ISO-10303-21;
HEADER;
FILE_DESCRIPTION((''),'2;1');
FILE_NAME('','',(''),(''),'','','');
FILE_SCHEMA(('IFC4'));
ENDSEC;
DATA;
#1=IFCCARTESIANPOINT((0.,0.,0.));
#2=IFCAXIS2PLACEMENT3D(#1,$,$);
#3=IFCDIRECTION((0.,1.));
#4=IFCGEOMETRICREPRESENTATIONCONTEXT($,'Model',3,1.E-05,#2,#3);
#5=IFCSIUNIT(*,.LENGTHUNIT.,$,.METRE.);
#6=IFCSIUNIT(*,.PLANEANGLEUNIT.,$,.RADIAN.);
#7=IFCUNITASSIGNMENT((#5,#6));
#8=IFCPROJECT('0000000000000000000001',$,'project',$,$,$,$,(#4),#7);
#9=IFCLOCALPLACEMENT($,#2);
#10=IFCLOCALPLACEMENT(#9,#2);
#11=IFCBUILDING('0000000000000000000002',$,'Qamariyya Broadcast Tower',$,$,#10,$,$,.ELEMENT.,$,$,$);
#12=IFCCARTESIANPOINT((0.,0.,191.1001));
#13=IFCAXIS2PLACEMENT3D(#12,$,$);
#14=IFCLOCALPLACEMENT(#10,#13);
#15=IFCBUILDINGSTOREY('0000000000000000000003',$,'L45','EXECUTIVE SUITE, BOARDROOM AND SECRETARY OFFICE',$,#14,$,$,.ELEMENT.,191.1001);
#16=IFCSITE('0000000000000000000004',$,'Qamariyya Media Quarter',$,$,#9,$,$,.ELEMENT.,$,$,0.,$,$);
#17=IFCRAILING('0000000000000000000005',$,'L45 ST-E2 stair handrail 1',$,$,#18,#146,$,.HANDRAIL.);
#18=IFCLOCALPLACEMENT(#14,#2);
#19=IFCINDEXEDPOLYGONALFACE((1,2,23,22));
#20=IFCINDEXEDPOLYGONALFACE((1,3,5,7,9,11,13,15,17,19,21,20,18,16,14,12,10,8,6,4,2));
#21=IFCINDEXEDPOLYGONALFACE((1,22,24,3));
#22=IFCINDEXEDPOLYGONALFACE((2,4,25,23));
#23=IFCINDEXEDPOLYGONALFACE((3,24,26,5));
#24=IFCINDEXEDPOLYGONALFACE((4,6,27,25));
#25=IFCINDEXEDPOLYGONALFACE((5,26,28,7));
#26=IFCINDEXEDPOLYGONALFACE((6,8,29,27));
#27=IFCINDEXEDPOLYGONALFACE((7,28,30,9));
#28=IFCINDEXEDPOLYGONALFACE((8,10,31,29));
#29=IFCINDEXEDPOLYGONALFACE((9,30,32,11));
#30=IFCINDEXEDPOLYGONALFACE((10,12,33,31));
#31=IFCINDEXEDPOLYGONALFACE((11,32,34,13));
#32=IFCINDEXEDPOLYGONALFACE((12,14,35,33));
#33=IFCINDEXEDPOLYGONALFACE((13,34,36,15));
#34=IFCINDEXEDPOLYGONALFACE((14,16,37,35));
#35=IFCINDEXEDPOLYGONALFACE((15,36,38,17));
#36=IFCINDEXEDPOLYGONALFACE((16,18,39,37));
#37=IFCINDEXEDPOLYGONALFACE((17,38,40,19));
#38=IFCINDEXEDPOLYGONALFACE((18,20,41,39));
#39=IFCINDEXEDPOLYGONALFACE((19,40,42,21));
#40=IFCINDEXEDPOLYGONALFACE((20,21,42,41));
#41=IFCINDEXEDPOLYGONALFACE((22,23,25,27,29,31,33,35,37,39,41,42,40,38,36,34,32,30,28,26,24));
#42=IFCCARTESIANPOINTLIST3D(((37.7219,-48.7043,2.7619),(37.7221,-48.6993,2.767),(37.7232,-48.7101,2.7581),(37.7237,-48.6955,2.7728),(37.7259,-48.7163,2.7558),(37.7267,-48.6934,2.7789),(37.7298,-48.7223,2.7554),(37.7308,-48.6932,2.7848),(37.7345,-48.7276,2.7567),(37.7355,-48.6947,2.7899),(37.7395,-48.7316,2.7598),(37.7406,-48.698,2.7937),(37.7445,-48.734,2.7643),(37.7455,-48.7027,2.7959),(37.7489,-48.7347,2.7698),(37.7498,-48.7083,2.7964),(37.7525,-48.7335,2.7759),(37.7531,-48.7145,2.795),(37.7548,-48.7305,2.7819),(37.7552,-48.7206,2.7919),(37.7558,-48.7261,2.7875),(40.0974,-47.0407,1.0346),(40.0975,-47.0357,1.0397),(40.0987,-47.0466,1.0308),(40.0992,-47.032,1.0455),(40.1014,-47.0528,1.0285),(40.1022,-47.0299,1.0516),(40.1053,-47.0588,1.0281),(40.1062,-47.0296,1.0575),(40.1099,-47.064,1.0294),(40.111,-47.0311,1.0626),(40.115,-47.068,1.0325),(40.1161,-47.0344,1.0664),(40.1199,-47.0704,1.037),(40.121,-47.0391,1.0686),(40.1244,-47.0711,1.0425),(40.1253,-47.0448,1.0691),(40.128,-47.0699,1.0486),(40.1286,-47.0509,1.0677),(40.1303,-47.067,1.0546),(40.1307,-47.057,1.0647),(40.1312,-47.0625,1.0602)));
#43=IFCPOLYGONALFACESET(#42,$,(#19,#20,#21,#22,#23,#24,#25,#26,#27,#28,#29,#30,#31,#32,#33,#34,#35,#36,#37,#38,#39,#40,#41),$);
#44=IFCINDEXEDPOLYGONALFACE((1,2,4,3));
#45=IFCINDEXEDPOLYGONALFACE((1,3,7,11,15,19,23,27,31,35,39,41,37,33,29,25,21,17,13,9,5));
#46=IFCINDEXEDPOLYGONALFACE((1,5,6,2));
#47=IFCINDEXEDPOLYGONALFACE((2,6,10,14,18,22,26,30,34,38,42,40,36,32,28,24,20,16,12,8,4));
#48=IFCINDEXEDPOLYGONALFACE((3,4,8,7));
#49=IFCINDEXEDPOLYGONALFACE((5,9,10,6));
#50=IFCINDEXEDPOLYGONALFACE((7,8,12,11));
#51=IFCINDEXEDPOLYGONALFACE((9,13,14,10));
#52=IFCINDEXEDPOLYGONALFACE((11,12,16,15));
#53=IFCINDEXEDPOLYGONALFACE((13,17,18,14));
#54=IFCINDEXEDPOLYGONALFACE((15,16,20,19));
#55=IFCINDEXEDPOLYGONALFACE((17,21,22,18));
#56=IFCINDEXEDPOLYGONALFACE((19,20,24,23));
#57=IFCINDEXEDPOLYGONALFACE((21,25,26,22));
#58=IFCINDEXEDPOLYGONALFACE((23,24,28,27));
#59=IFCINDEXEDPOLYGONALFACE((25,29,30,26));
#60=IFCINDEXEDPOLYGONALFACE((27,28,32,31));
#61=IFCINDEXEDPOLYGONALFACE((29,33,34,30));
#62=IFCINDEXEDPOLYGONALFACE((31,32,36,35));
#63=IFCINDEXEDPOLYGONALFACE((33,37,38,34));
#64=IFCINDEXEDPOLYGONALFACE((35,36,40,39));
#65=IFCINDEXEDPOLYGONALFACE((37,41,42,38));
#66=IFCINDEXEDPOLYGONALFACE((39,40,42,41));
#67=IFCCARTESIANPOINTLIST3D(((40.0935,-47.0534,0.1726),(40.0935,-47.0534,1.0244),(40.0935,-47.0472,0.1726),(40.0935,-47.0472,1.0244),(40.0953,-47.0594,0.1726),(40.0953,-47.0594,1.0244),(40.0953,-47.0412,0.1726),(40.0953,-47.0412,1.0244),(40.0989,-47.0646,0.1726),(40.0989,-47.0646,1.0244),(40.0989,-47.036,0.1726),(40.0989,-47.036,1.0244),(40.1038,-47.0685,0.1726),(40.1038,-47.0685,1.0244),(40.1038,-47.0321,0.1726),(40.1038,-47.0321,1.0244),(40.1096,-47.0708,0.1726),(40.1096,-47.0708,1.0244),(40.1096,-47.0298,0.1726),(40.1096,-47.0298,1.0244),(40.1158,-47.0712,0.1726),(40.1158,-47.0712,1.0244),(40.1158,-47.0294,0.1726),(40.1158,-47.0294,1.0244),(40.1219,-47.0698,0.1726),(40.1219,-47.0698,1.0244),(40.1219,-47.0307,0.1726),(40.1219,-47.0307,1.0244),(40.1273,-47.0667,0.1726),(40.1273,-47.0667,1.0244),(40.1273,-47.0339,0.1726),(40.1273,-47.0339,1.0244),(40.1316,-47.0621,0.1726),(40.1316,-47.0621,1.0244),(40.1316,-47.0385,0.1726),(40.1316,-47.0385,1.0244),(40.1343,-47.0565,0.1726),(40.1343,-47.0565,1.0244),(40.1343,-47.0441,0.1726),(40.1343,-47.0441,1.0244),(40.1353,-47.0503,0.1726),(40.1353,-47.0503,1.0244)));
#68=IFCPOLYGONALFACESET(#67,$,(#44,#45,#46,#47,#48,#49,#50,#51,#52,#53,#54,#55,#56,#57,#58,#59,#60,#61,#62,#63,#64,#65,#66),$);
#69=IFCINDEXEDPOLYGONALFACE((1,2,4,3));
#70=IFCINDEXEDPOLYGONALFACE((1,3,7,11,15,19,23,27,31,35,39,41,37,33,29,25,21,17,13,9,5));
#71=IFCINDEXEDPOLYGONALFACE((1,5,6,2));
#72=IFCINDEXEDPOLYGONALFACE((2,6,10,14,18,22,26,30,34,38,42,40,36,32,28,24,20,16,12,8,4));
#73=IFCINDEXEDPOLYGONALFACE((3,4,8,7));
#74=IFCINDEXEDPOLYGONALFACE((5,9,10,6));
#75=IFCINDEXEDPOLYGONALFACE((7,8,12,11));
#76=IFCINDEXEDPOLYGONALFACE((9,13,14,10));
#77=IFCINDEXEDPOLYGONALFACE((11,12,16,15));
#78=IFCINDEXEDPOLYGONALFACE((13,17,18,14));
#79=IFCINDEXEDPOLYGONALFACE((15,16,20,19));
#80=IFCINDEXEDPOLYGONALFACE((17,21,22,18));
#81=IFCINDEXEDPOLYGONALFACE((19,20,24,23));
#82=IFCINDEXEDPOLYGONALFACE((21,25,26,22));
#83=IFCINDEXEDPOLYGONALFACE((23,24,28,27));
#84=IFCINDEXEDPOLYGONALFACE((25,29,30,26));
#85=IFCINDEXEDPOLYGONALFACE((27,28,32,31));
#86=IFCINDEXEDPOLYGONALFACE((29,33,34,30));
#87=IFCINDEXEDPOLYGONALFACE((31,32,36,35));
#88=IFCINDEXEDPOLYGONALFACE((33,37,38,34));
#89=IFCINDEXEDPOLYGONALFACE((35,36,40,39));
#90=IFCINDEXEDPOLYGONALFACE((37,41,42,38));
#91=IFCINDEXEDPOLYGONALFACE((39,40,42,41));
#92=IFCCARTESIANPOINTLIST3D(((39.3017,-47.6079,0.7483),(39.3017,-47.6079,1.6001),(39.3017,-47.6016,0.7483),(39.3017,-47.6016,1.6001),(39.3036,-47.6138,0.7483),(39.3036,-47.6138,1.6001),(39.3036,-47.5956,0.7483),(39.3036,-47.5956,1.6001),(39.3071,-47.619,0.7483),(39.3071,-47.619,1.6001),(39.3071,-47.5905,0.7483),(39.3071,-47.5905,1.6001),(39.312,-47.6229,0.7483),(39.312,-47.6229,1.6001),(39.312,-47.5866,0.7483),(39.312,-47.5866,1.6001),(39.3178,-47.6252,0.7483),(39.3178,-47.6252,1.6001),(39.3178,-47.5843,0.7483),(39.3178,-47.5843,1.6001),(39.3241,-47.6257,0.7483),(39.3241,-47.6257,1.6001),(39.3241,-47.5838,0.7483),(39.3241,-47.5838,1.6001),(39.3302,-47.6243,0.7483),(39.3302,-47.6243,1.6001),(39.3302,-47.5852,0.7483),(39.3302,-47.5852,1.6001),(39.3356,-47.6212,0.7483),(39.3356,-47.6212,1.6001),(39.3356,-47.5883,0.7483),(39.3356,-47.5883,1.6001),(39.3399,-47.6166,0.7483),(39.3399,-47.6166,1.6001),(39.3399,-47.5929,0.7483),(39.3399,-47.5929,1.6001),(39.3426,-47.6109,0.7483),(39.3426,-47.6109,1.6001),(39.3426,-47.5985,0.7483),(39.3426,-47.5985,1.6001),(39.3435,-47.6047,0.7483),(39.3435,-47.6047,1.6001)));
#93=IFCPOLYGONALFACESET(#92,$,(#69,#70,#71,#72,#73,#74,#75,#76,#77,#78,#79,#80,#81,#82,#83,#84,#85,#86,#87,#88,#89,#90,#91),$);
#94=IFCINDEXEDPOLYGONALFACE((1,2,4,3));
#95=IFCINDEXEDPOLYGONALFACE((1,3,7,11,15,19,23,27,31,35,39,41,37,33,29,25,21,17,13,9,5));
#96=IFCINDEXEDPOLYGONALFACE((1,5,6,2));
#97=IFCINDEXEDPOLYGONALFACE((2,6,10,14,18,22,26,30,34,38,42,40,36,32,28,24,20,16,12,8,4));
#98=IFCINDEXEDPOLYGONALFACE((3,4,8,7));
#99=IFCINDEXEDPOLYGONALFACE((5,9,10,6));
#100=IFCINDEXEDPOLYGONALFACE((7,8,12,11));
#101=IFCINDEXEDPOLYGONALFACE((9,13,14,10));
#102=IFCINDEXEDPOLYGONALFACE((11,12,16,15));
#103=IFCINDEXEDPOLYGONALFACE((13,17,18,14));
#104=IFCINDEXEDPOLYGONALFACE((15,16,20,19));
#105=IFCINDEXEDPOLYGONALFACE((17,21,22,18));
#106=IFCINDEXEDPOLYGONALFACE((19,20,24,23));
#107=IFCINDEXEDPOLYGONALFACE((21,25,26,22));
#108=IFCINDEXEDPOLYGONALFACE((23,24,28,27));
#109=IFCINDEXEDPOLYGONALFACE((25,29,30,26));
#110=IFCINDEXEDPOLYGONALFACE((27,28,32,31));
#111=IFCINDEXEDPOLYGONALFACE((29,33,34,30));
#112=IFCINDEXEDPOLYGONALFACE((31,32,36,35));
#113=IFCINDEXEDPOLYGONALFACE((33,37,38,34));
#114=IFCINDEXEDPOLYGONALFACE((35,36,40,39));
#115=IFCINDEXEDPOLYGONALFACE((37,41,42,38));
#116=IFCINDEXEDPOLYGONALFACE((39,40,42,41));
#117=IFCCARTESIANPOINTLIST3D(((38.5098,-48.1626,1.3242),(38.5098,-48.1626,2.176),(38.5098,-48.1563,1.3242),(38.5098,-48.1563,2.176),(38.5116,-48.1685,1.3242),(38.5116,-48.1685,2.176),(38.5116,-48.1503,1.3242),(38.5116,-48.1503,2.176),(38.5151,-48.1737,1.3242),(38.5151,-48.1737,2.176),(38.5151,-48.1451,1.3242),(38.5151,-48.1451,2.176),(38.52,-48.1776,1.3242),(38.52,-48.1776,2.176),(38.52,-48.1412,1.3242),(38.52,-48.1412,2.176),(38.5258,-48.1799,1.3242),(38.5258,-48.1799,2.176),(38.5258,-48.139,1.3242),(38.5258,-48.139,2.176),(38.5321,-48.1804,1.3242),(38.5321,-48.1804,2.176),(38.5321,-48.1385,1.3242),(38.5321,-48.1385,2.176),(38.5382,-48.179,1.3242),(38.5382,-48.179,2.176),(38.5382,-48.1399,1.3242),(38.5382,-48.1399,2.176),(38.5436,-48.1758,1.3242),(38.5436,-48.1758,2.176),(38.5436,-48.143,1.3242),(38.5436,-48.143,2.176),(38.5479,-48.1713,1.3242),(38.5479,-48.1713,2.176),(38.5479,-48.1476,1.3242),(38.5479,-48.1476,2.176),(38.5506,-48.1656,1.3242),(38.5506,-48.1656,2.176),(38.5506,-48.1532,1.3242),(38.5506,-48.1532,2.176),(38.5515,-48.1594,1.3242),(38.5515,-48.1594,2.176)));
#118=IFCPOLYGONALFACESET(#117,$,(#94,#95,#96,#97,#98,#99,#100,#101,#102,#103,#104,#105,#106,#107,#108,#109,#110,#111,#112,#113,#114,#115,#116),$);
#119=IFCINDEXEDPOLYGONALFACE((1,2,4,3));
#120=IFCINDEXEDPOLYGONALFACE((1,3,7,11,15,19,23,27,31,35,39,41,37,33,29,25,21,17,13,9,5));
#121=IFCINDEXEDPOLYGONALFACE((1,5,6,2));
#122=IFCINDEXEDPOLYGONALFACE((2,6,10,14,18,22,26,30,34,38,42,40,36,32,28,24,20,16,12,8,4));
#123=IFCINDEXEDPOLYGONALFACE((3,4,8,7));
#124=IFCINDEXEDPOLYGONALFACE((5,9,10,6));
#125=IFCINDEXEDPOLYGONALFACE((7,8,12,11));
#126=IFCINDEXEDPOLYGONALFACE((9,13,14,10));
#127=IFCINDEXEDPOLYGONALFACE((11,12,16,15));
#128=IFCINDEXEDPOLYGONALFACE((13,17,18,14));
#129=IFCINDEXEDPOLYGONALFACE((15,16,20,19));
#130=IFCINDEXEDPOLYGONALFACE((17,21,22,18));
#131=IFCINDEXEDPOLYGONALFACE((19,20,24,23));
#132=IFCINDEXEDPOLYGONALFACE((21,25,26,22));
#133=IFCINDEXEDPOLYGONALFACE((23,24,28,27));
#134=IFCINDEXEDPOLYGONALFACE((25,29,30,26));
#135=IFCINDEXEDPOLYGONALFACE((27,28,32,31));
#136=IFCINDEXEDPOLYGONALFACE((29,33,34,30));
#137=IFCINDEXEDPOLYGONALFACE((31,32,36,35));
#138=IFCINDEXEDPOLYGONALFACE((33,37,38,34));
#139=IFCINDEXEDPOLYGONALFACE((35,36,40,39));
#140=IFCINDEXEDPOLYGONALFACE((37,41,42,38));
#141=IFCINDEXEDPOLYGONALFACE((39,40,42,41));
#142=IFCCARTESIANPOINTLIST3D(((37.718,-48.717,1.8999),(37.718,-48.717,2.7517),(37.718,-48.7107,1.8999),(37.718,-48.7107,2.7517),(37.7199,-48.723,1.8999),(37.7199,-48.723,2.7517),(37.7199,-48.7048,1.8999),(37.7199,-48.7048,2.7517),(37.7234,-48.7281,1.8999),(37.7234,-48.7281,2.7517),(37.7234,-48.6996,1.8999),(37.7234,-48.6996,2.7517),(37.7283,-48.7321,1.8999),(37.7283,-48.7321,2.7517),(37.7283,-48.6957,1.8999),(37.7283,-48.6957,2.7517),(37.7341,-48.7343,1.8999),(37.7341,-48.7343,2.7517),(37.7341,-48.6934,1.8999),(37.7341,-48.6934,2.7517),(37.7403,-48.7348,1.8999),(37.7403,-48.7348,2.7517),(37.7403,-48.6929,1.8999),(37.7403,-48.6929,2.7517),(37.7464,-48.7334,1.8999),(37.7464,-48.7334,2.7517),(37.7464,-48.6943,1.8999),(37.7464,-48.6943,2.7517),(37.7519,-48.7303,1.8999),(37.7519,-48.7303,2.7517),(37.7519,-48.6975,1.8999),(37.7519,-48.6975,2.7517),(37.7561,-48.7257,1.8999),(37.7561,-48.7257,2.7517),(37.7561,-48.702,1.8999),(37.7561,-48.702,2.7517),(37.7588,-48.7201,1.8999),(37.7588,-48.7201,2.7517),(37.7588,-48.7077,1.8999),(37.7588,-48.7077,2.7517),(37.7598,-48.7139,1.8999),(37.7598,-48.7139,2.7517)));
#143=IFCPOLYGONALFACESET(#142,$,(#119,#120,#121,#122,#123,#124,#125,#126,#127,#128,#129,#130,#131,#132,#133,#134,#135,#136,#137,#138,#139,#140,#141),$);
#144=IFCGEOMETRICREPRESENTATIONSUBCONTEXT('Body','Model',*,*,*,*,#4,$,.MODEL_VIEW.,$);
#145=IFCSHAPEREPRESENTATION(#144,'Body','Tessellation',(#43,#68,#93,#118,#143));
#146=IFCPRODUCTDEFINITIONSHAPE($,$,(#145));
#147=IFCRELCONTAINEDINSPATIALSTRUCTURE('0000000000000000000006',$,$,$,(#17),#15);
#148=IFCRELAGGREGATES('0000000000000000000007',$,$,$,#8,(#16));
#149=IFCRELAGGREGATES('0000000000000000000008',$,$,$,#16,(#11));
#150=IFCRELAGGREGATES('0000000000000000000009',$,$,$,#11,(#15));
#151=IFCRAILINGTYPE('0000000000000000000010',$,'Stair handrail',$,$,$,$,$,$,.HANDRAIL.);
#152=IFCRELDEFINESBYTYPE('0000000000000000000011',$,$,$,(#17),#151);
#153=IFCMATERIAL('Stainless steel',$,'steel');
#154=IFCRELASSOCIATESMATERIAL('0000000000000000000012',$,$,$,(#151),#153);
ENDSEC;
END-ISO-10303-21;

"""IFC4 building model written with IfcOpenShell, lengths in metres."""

from ifc_helpers import new_model, si_unit, direction, frame, origin, origin_2d, place, context, subcontext, project, spatial, circle, extrude, material, type_object, element, save


model = new_model("IFC4")

# Units and contexts
model_context = context("Model", 3, precision=1e-05, world=origin(), true_north=direction((0.0, 1.0)))
body_context = subcontext(model_context, "Body", "Model", "MODEL_VIEW")
ifc_project = project(units=[si_unit("LENGTHUNIT", "METRE"), si_unit("PLANEANGLEUNIT", "RADIAN")], contexts=[model_context])

# Site, building, storey
site_placement = place(None, origin())
site = spatial("IfcSite", under=ifc_project, at=site_placement, Name="Qamariyya Media Quarter", CompositionType="ELEMENT", RefElevation=0.0)
building_placement = place(site_placement, origin())
building = spatial("IfcBuilding", under=site, at=building_placement, Name="Qamariyya Broadcast Tower", CompositionType="ELEMENT")
storey_placement = place(building_placement, frame((0.0, 0.0, 191.1001)))
storey = spatial("IfcBuildingStorey", under=building, at=storey_placement, Name="L45", Description="EXECUTIVE SUITE, BOARDROOM AND SECRETARY OFFICE", CompositionType="ELEMENT", Elevation=191.1001)

# Railing
ifc_material_1 = material(Name="Stainless steel", Category="steel")
railing_type_1 = type_object("IfcRailingType", Name="Stair handrail", PredefinedType="HANDRAIL", material=ifc_material_1)
railing_1_placement = place(storey_placement, frame((40.1143, -47.0503, 0.1726)))
element("IfcRailing", 1, at=railing_1_placement, inside=storey, type_object=railing_type_1, Name="L45 ST-E2 stair handrail 1", PredefinedType="HANDRAIL", context=body_context, shape_type="SweptSolid", body=[
    extrude(circle(Radius=0.0239, at=origin_2d()), frame((0.0, 0.0, 0.876), z_axis=(-0.703745, -0.492838, 0.511716), x_axis=(0.573632, -0.819113, 0.0)), (0.0, 0.0, 1.0), 3.3755),
    extrude(circle(Radius=0.021, at=origin_2d()), origin(), (0.0, 0.0, 1.0), 0.8518),
    extrude(circle(Radius=0.021, at=origin_2d()), frame((-0.7917, -0.5544, 0.5757)), (0.0, 0.0, 1.0), 0.8518),
    extrude(circle(Radius=0.021, at=origin_2d()), frame((-1.5837, -1.1091, 1.1516)), (0.0, 0.0, 1.0), 0.8518),
    extrude(circle(Radius=0.021, at=origin_2d()), frame((-2.3755, -1.6636, 1.7273)), (0.0, 0.0, 1.0), 0.8518),
])

save(model, "model.ifc")
